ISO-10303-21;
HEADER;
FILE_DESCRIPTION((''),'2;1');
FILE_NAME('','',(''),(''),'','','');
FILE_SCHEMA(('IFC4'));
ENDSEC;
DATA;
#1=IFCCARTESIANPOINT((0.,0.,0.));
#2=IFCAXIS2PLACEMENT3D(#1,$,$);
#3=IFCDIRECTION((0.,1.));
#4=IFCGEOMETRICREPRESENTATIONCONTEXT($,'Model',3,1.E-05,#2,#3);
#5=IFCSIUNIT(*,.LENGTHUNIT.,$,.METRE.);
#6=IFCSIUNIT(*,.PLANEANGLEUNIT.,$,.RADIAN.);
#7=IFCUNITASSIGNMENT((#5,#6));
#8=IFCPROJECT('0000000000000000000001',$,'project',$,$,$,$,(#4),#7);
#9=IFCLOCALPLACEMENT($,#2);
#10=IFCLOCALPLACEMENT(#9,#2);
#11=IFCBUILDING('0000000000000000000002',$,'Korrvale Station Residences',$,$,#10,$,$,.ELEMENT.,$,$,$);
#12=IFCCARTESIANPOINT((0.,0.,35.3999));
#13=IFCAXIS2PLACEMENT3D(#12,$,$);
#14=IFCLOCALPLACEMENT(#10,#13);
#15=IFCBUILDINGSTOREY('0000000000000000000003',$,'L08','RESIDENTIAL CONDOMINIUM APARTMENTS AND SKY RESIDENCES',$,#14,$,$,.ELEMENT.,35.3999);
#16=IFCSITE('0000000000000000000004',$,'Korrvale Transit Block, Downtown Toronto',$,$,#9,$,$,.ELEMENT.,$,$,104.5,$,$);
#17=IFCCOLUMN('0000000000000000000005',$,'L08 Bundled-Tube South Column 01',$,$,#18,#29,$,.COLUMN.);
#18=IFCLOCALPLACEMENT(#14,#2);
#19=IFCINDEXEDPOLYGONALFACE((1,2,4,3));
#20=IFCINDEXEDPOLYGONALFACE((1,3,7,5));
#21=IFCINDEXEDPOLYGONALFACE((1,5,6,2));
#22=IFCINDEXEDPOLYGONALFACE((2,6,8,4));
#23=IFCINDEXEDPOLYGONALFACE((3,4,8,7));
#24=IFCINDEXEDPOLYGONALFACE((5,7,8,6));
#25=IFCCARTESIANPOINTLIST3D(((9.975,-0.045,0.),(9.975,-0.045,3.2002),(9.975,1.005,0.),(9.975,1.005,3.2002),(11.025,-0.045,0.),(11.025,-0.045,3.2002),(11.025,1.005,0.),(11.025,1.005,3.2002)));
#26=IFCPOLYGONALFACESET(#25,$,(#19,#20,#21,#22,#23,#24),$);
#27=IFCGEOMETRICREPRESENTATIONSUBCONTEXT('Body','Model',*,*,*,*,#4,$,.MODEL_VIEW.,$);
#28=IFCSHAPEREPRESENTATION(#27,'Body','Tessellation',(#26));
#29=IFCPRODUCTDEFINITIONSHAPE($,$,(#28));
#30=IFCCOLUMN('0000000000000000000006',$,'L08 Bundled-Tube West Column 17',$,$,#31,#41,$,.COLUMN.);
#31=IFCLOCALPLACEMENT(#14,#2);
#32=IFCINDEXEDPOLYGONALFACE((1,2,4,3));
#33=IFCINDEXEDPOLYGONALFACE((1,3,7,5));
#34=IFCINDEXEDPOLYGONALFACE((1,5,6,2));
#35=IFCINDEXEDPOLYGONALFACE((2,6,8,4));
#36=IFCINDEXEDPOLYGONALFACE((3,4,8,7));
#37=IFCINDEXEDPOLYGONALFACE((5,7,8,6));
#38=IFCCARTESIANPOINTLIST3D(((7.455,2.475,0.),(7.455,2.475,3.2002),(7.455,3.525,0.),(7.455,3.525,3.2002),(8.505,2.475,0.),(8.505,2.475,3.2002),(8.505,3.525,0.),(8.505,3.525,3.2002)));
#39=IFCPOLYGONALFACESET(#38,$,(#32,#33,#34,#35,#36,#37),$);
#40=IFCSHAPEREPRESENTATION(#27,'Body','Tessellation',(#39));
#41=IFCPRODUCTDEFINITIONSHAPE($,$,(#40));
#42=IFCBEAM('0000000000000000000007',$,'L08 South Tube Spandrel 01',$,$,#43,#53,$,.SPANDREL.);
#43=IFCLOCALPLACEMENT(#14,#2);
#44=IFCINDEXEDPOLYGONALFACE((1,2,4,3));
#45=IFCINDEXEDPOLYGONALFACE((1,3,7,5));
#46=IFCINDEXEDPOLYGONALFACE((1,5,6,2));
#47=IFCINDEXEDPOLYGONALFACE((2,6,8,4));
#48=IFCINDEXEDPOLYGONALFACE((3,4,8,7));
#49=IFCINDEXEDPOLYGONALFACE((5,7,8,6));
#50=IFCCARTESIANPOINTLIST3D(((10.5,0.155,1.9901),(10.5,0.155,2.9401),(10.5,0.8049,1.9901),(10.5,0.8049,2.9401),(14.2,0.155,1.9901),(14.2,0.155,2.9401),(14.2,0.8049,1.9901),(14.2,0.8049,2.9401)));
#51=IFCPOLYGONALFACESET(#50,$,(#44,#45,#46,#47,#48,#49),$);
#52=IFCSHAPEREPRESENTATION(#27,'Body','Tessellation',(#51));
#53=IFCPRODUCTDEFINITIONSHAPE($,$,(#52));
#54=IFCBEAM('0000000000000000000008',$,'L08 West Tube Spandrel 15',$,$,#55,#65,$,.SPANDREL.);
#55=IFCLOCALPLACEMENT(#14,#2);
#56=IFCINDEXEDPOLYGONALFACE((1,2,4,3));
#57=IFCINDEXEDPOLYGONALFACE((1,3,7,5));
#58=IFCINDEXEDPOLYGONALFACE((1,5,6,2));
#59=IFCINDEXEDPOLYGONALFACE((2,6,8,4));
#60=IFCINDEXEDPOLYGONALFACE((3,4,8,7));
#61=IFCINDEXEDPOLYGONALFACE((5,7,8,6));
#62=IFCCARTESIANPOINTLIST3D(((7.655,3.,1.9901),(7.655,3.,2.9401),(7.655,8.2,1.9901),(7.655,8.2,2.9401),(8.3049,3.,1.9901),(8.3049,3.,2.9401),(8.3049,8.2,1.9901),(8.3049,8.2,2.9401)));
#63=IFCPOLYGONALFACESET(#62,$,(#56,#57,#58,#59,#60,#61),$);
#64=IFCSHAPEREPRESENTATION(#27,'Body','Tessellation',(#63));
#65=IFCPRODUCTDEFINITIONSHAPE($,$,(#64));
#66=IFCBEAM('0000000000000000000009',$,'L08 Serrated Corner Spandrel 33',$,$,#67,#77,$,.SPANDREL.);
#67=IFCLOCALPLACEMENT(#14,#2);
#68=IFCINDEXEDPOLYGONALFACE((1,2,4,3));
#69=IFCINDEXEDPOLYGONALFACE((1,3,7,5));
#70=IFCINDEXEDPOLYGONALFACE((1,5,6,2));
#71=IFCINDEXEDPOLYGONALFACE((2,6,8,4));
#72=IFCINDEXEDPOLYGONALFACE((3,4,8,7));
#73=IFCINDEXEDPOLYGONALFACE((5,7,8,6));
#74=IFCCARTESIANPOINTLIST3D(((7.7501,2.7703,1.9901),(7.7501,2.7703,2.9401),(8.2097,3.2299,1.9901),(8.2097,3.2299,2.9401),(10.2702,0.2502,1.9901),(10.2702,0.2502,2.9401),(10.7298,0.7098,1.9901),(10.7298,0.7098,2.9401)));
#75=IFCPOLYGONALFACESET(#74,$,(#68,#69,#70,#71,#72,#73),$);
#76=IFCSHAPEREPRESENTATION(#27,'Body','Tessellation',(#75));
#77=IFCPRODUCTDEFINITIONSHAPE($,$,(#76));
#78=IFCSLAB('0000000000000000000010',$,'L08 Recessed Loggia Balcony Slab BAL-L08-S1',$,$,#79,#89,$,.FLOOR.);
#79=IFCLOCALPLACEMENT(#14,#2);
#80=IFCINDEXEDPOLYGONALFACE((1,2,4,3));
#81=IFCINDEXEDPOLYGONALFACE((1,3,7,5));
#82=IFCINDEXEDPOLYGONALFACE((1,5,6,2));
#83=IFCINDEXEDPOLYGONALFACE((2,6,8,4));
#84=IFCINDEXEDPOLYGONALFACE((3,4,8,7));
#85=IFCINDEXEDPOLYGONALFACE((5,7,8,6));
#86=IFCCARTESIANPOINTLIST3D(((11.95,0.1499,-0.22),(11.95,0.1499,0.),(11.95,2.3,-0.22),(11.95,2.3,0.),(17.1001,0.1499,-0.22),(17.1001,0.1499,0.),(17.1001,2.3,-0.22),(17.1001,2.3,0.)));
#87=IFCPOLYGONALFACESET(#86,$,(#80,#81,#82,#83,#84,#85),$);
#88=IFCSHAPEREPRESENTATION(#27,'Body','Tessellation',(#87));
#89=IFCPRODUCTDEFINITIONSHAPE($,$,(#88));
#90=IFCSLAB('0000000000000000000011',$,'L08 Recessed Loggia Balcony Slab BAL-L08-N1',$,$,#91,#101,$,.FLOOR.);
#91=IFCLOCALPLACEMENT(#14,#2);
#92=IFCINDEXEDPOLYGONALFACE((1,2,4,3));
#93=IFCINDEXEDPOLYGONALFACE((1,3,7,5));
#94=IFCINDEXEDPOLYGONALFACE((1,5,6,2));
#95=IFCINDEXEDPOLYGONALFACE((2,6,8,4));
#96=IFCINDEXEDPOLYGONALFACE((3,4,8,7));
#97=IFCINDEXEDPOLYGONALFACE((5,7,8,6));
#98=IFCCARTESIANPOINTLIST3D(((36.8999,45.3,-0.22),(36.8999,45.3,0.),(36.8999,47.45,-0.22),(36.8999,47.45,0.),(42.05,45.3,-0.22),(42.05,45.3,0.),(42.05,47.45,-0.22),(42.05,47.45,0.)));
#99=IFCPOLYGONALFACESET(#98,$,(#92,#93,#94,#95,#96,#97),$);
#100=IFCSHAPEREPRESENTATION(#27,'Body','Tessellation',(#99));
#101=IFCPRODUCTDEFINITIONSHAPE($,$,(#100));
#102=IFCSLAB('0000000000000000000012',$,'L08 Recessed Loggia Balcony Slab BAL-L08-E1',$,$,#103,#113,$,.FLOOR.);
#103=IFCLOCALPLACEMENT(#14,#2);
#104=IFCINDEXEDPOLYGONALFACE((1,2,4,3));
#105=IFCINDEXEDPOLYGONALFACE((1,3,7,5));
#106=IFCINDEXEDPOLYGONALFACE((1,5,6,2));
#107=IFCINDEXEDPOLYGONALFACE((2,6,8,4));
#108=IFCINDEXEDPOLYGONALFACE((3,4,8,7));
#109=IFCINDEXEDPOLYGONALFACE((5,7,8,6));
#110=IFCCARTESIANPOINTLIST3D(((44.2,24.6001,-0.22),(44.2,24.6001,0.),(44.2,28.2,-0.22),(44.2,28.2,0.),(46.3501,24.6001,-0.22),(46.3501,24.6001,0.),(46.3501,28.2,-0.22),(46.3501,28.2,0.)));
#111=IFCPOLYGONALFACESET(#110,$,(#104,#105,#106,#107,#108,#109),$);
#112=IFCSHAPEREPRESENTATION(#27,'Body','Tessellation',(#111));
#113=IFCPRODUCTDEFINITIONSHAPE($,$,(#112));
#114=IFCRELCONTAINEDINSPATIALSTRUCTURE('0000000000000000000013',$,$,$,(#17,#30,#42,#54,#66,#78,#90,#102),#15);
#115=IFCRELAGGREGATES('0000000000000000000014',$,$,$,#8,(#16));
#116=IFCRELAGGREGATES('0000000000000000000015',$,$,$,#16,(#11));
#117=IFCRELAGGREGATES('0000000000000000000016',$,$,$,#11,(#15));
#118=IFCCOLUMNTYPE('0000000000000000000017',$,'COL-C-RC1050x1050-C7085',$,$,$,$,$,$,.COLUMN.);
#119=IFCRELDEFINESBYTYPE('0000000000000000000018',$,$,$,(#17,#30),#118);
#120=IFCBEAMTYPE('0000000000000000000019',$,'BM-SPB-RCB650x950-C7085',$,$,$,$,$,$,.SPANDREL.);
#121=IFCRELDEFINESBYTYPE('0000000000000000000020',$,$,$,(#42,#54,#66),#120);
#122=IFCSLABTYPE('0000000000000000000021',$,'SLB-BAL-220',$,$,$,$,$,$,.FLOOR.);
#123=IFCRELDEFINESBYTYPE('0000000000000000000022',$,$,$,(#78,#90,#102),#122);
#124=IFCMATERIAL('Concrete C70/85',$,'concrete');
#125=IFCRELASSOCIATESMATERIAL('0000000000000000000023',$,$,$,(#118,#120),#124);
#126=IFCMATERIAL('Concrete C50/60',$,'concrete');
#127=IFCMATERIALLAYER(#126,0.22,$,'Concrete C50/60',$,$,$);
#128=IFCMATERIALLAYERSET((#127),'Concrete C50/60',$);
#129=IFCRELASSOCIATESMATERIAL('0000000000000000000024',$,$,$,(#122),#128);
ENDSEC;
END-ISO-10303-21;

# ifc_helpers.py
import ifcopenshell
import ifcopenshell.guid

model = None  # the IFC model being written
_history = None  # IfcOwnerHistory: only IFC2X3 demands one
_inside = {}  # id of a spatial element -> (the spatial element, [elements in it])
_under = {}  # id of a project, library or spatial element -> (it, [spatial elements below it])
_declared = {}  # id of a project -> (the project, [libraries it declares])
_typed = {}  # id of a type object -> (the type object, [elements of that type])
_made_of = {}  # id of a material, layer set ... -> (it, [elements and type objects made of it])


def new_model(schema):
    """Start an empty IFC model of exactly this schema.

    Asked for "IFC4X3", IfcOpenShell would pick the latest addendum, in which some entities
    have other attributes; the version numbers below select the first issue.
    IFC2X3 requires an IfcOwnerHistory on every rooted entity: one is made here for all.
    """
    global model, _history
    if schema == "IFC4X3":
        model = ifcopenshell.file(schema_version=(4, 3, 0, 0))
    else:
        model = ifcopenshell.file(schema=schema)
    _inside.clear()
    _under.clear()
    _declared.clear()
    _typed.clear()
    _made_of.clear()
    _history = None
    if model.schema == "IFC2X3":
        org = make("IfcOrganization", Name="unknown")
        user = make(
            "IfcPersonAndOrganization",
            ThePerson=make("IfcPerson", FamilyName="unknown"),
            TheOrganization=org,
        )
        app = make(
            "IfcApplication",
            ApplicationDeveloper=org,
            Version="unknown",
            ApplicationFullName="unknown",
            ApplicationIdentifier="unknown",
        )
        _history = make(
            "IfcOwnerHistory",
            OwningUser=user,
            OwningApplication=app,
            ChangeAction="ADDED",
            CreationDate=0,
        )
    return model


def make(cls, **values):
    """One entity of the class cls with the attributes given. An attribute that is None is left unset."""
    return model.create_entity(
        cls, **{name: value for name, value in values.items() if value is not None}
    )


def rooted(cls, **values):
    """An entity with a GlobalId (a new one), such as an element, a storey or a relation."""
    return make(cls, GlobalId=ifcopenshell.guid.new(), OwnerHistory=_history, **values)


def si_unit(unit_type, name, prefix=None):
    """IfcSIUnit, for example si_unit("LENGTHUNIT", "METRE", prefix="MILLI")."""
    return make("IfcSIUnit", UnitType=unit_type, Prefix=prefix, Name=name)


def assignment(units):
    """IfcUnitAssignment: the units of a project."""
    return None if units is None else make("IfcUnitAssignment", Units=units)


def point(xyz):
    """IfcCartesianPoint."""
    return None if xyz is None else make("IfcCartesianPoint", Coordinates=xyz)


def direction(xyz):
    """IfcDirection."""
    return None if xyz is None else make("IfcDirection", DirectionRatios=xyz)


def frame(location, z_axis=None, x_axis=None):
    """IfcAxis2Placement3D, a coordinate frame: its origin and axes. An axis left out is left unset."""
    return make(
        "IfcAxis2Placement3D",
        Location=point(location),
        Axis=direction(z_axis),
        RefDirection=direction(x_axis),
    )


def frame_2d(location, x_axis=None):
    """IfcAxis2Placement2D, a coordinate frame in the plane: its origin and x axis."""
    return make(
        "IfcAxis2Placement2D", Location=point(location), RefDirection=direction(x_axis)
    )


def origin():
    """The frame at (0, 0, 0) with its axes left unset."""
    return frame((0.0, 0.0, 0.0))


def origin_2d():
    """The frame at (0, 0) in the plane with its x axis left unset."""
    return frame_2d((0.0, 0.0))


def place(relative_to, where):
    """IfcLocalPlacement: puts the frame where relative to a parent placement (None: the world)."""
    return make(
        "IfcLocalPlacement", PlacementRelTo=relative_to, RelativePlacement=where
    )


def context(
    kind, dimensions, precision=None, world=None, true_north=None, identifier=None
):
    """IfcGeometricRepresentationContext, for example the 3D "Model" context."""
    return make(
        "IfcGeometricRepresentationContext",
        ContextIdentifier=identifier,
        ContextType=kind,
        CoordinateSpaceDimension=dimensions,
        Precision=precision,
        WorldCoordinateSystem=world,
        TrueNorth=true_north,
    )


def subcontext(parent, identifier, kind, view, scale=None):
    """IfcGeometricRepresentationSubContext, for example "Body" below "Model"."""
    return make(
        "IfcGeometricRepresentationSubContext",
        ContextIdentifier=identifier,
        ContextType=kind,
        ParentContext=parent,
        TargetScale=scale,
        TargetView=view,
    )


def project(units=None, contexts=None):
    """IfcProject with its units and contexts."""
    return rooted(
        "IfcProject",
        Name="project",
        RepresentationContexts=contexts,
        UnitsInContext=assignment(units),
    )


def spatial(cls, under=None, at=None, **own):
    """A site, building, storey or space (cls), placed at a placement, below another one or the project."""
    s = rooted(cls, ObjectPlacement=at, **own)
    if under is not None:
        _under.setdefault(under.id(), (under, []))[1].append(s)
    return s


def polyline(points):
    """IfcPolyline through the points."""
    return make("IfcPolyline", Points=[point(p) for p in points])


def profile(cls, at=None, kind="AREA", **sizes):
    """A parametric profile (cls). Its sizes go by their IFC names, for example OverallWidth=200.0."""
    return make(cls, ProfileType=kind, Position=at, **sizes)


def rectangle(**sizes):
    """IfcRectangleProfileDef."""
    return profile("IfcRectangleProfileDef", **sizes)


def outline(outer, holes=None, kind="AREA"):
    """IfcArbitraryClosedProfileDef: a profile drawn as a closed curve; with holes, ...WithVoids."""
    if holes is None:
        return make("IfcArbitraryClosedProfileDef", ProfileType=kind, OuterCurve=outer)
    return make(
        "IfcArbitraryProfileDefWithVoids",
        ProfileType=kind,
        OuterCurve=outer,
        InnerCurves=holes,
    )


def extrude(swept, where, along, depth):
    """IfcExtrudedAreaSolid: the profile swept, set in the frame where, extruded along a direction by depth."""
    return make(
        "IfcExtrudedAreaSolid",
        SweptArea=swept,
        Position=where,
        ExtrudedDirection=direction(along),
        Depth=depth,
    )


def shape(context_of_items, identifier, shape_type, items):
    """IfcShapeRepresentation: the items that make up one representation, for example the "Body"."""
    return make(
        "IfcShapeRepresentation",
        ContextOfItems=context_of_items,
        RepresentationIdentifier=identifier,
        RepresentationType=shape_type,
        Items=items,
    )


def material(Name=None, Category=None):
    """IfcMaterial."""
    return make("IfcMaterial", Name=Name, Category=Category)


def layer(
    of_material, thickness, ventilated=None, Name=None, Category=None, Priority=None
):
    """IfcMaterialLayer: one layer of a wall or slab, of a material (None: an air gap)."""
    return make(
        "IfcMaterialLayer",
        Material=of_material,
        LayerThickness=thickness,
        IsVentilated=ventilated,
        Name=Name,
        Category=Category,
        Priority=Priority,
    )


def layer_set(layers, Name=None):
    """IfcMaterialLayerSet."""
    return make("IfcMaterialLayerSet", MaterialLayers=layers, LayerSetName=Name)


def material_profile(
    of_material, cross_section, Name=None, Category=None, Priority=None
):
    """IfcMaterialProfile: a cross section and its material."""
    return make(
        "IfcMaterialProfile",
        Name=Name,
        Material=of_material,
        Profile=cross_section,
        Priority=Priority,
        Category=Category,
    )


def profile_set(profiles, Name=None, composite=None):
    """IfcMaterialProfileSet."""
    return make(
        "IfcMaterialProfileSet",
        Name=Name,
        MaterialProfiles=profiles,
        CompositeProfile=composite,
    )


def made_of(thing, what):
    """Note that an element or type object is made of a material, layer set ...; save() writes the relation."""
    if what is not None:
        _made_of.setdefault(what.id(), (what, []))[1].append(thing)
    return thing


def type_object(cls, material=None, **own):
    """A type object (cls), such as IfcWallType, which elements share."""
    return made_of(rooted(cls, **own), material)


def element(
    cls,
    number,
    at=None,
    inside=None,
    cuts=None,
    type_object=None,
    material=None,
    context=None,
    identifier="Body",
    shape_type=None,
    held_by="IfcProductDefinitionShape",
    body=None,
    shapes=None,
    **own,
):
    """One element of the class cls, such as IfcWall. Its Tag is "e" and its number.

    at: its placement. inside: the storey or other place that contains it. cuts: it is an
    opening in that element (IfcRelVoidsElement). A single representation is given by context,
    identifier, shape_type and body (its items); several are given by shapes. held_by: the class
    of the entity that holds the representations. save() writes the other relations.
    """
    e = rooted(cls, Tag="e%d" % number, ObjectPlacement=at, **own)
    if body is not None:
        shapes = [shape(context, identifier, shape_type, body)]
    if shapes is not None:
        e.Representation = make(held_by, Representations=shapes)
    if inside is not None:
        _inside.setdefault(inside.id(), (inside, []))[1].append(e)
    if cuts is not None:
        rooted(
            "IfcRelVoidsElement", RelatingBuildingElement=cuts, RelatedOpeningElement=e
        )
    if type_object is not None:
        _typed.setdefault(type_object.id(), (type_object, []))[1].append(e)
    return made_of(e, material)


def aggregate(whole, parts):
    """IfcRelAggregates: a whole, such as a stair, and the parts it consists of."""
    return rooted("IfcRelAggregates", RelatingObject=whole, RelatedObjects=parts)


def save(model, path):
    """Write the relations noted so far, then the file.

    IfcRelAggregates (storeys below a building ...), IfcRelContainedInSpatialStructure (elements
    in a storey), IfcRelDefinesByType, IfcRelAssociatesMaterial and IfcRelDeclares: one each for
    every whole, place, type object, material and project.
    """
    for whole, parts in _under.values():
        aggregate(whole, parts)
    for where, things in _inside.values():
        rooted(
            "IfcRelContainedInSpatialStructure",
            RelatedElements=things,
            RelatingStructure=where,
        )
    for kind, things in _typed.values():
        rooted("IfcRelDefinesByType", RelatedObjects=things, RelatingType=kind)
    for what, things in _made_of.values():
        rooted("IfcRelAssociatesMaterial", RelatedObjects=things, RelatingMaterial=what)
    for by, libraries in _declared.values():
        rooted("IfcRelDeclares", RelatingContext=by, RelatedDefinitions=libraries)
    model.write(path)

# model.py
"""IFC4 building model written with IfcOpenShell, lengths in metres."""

from ifc_helpers import new_model, si_unit, direction, frame, origin, origin_2d, place, context, subcontext, project, spatial, polyline, rectangle, outline, extrude, material, layer, layer_set, material_profile, profile_set, type_object, element, save


model = new_model("IFC4")

# Units and contexts
model_context = context("Model", 3, precision=1e-05, world=origin(), true_north=direction((0.0, 1.0)))
body_context = subcontext(model_context, "Body", "Model", "MODEL_VIEW")
ifc_project = project(units=[si_unit("LENGTHUNIT", "METRE"), si_unit("PLANEANGLEUNIT", "RADIAN")], contexts=[model_context])

# Site, building, storey
site_placement = place(None, origin())
site = spatial("IfcSite", under=ifc_project, at=site_placement, Name="Korrvale Transit Block, Downtown Toronto", CompositionType="ELEMENT", RefElevation=104.5)
building_placement = place(site_placement, origin())
building = spatial("IfcBuilding", under=site, at=building_placement, Name="Korrvale Station Residences", CompositionType="ELEMENT")
storey_placement = place(building_placement, frame((0.0, 0.0, 35.3999)))
storey = spatial("IfcBuildingStorey", under=building, at=storey_placement, Name="L08", Description="RESIDENTIAL CONDOMINIUM APARTMENTS AND SKY RESIDENCES", CompositionType="ELEMENT", Elevation=35.3999)

# Columns
ifc_material_1 = material(Name="Concrete C70/85", Category="concrete")
ifc_material_profile_1 = material_profile(ifc_material_1, rectangle(XDim=1.05, YDim=1.05, at=origin_2d()), Name="RC1050x1050")
ifc_profile_set_1 = profile_set([ifc_material_profile_1], Name="Concrete C70/85")
column_type = type_object("IfcColumnType", Name="COL-C-RC1050x1050-C7085", PredefinedType="COLUMN", material=ifc_profile_set_1)
for number, where, z_axis, x_axis, name in (
    (1, (10.5, 0.48, 0.0), (0.0, 0.0, 1.0), (1.0, 0.0, 0.0), "L08 Bundled-Tube South Column 01"),
    (2, (7.98, 3.0, 0.0), (0.0, 0.0, 1.0), (1.0, 0.0, 0.0), "L08 Bundled-Tube West Column 17"),
):
    element("IfcColumn", number, at=place(storey_placement, frame(where, z_axis=z_axis, x_axis=x_axis)), inside=storey, type_object=column_type, Name=name, PredefinedType="COLUMN", context=body_context, shape_type="SweptSolid", body=[
        extrude(rectangle(XDim=1.05, YDim=1.05, at=origin_2d()), origin(), (0.0, 0.0, 1.0), 3.2002),
    ])

# Beams
ifc_material_profile_2 = material_profile(ifc_material_1, rectangle(XDim=0.6499, YDim=0.95, at=origin_2d()), Name="RCB650x950")
ifc_profile_set_2 = profile_set([ifc_material_profile_2], Name="Concrete C70/85")
beam_type = type_object("IfcBeamType", Name="BM-SPB-RCB650x950-C7085", PredefinedType="SPANDREL", material=ifc_profile_set_2)
beam_1_placement = place(storey_placement, frame((10.5, 0.48, 2.4651), z_axis=(1.0, 0.0, 0.0), x_axis=(0.0, 1.0, 0.0)))
element("IfcBeam", 3, at=beam_1_placement, inside=storey, type_object=beam_type, Name="L08 South Tube Spandrel 01", PredefinedType="SPANDREL", context=body_context, shape_type="SweptSolid", body=[
    extrude(rectangle(XDim=0.6499, YDim=0.95, at=origin_2d()), origin(), (0.0, 0.0, 1.0), 3.7),
])
beam_2_placement = place(storey_placement, frame((7.98, 3.0, 2.4651), z_axis=(0.0, 1.0, 0.0), x_axis=(-1.0, 0.0, 0.0)))
element("IfcBeam", 4, at=beam_2_placement, inside=storey, type_object=beam_type, Name="L08 West Tube Spandrel 15", PredefinedType="SPANDREL", context=body_context, shape_type="SweptSolid", body=[
    extrude(rectangle(XDim=0.6499, YDim=0.95, at=origin_2d()), origin(), (0.0, 0.0, 1.0), 5.2),
])
beam_3_placement = place(storey_placement, frame((10.5, 0.48, 2.4651), z_axis=(-0.707107, 0.707107, 0.0), x_axis=(-0.707107, -0.707107, 0.0)))
element("IfcBeam", 5, at=beam_3_placement, inside=storey, type_object=beam_type, Name="L08 Serrated Corner Spandrel 33", PredefinedType="SPANDREL", context=body_context, shape_type="SweptSolid", body=[
    extrude(rectangle(XDim=0.6499, YDim=0.95, at=origin_2d()), origin(), (0.0, 0.0, 1.0), 3.564),
])

# Slabs
ifc_material_2 = material(Name="Concrete C50/60", Category="concrete")
ifc_layer_1 = layer(ifc_material_2, 0.22, Name="Concrete C50/60")
ifc_layer_set_1 = layer_set([ifc_layer_1], Name="Concrete C50/60")
slab_type_1 = type_object("IfcSlabType", Name="SLB-BAL-220", PredefinedType="FLOOR", material=ifc_layer_set_1)
slab_1_placement = place(storey_placement, frame((0.0, 0.0, -0.22)))
element("IfcSlab", 6, at=slab_1_placement, inside=storey, type_object=slab_type_1, Name="L08 Recessed Loggia Balcony Slab BAL-L08-S1", PredefinedType="FLOOR", context=body_context, shape_type="SweptSolid", body=[
    extrude(outline(polyline([(11.95, 0.1499), (17.1001, 0.1499), (17.1001, 2.3), (11.95, 2.3), (11.95, 0.1499)])), origin(), (0.0, 0.0, 1.0), 0.22),
])
slab_2_placement = place(storey_placement, frame((0.0, 0.0, -0.22)))
element("IfcSlab", 7, at=slab_2_placement, inside=storey, type_object=slab_type_1, Name="L08 Recessed Loggia Balcony Slab BAL-L08-N1", PredefinedType="FLOOR", context=body_context, shape_type="SweptSolid", body=[
    extrude(outline(polyline([(36.8999, 45.3), (42.05, 45.3), (42.05, 47.45), (36.8999, 47.45), (36.8999, 45.3)])), origin(), (0.0, 0.0, 1.0), 0.22),
])
slab_3_placement = place(storey_placement, frame((0.0, 0.0, -0.22)))
element("IfcSlab", 8, at=slab_3_placement, inside=storey, type_object=slab_type_1, Name="L08 Recessed Loggia Balcony Slab BAL-L08-E1", PredefinedType="FLOOR", context=body_context, shape_type="SweptSolid", body=[
    extrude(outline(polyline([(44.2, 24.6001), (46.3501, 24.6001), (46.3501, 28.2), (44.2, 28.2), (44.2, 24.6001)])), origin(), (0.0, 0.0, 1.0), 0.22),
])

save(model, "model.ifc")
